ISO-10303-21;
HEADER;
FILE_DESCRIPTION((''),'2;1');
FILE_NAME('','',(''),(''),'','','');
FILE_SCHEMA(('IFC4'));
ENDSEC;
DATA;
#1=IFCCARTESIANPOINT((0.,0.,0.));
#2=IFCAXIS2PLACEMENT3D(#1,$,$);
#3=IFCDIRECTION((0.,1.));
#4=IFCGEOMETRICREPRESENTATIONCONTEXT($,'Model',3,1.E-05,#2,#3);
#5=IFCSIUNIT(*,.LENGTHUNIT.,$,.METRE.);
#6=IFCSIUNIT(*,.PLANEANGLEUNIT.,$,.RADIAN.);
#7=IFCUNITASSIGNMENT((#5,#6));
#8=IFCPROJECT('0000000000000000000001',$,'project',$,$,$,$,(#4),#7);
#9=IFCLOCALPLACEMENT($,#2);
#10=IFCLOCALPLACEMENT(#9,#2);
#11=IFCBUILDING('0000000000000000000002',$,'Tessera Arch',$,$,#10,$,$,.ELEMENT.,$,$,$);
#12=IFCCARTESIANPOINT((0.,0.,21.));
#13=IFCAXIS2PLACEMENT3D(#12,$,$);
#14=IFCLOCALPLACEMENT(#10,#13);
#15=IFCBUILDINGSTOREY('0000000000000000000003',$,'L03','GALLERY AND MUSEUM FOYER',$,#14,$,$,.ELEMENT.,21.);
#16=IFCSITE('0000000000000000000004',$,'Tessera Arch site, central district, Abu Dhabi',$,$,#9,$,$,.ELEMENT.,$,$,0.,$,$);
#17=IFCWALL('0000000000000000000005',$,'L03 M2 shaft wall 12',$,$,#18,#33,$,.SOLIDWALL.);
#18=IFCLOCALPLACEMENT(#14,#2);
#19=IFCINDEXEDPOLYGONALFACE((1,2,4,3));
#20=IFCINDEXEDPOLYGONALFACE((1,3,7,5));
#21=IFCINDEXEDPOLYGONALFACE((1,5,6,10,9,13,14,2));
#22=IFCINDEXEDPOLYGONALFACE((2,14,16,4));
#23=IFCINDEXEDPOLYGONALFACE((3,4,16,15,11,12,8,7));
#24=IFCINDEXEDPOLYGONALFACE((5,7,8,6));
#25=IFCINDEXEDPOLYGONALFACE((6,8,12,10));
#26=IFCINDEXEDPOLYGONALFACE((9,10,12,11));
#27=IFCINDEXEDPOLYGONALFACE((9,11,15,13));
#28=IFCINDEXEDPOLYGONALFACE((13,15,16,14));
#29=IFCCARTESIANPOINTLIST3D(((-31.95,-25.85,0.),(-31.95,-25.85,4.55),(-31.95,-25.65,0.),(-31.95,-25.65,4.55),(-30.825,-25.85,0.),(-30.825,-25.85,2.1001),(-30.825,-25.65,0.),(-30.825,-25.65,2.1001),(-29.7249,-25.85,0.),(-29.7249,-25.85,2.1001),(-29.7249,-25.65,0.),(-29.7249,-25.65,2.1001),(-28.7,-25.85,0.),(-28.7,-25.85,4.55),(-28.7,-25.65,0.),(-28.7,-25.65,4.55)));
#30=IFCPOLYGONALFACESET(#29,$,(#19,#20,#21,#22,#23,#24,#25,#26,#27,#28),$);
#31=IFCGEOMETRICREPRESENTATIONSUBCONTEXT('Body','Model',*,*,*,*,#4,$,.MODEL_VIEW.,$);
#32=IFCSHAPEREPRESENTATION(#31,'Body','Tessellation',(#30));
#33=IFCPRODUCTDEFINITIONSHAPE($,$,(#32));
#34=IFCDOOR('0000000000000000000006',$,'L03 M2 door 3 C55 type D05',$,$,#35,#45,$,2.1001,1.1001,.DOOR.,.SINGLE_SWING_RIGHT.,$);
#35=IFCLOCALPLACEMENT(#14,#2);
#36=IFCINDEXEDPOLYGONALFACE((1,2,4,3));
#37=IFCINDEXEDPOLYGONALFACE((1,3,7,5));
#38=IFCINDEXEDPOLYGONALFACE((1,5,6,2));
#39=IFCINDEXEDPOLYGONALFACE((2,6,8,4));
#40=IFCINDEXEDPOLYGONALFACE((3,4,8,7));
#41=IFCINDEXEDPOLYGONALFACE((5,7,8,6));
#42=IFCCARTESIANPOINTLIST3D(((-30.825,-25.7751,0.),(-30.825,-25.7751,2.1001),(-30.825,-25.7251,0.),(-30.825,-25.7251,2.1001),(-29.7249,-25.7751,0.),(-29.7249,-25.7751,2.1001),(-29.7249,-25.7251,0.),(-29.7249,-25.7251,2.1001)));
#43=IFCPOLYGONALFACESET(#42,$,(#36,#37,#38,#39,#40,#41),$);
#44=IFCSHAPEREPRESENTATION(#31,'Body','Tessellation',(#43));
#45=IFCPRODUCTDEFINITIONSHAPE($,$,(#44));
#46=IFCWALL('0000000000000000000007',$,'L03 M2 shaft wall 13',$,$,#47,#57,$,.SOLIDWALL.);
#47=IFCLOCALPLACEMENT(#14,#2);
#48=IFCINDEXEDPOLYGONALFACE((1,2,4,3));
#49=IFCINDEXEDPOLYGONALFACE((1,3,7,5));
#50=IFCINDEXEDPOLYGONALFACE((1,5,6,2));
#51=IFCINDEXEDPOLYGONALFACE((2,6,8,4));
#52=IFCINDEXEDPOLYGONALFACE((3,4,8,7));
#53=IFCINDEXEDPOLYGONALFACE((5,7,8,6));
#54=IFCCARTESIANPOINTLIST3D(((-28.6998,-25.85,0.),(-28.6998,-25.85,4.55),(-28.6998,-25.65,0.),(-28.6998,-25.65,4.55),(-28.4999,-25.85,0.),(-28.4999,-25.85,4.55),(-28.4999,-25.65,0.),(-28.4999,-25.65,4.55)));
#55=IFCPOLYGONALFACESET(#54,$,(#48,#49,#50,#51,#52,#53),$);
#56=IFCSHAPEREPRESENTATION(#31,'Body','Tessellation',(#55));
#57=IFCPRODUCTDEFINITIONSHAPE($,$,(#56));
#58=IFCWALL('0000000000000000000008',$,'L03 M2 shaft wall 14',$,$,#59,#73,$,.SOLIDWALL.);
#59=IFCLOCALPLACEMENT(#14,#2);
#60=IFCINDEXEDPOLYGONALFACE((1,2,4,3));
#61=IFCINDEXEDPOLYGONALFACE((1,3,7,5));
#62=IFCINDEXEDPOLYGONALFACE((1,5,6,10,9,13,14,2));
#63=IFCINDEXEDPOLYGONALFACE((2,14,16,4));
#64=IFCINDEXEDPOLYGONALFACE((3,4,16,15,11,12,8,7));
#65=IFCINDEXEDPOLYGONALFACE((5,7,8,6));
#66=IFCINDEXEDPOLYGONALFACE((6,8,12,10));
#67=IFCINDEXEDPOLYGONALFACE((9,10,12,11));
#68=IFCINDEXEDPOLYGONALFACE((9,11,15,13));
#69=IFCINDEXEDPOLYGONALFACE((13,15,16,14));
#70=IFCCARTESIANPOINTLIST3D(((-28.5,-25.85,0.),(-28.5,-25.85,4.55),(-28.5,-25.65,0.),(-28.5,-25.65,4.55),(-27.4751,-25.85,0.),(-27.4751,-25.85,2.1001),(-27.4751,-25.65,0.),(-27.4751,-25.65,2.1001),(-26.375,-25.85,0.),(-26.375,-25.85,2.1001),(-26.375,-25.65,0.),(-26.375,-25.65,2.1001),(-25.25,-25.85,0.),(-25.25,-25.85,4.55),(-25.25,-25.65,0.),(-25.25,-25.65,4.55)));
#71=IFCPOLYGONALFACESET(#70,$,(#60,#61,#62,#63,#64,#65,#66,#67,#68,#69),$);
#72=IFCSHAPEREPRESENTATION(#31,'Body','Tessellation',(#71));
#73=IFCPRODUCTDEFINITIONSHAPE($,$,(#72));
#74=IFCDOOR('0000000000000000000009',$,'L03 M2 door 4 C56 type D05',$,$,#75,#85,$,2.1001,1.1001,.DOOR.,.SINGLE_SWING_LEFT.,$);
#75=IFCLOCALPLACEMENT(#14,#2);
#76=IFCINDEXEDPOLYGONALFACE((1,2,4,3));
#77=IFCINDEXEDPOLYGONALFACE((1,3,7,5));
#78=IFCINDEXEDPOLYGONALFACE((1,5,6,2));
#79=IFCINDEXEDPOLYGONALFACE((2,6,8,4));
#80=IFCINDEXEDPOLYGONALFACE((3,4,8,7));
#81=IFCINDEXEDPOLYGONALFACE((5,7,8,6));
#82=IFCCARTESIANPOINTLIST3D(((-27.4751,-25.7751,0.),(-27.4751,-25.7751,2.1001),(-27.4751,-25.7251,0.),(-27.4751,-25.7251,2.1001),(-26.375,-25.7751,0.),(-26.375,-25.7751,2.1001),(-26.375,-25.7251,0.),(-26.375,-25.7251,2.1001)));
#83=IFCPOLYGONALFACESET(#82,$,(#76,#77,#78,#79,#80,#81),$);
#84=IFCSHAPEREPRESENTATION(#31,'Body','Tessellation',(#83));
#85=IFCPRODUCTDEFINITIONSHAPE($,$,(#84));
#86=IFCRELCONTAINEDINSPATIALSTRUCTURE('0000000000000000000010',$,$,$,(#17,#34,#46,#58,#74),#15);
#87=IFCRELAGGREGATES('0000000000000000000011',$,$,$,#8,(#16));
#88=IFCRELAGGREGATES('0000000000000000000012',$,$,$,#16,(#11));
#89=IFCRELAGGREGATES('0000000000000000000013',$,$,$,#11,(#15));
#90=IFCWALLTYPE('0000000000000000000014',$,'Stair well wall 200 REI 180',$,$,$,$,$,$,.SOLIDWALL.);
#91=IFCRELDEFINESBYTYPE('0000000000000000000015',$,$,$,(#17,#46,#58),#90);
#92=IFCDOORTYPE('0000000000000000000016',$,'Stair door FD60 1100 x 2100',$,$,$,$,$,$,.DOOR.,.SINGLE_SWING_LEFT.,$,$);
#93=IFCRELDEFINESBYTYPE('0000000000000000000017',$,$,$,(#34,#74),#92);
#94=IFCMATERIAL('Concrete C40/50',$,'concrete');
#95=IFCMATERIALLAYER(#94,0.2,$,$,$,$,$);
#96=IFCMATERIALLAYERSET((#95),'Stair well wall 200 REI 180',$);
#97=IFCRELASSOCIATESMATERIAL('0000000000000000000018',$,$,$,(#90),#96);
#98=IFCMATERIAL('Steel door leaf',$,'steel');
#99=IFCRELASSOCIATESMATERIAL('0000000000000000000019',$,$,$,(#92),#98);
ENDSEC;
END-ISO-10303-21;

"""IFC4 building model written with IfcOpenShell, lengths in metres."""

from ifc_helpers import new_model, si_unit, direction, frame, frame_2d, origin, place, context, subcontext, project, spatial, rectangle, extrude, material, layer, layer_set, type_object, element, fill, save


model = new_model("IFC4")

# Units and contexts
model_context = context("Model", 3, precision=1e-05, world=origin(), true_north=direction((0.0, 1.0)))
body_context = subcontext(model_context, "Body", "Model", "MODEL_VIEW")
ifc_project = project(units=[si_unit("LENGTHUNIT", "METRE"), si_unit("PLANEANGLEUNIT", "RADIAN")], contexts=[model_context])

# Site, building, storey
site_placement = place(None, origin())
site = spatial("IfcSite", under=ifc_project, at=site_placement, Name="Tessera Arch site, central district, Abu Dhabi", CompositionType="ELEMENT", RefElevation=0.0)
building_placement = place(site_placement, origin())
building = spatial("IfcBuilding", under=site, at=building_placement, Name="Tessera Arch", CompositionType="ELEMENT")
storey_placement = place(building_placement, frame((0.0, 0.0, 21.0)))
storey = spatial("IfcBuildingStorey", under=building, at=storey_placement, Name="L03", Description="GALLERY AND MUSEUM FOYER", CompositionType="ELEMENT", Elevation=21.0)

# Wall, opening, door
ifc_material_1 = material(Name="Concrete C40/50", Category="concrete")
ifc_layer_1 = layer(ifc_material_1, 0.2)
ifc_layer_set_1 = layer_set([ifc_layer_1], Name="Stair well wall 200 REI 180")
wall_type_1 = type_object("IfcWallType", Name="Stair well wall 200 REI 180", PredefinedType="SOLIDWALL", material=ifc_layer_set_1)
wall_1_placement = place(storey_placement, frame((-31.95, -25.75, 0.0), z_axis=(0.0, 0.0, 1.0), x_axis=(1.0, 0.0, 0.0)))
wall_1 = element("IfcWall", 1, at=wall_1_placement, inside=storey, type_object=wall_type_1, Name="L03 M2 shaft wall 12", PredefinedType="SOLIDWALL", context=body_context, shape_type="SweptSolid", body=[
    extrude(rectangle(XDim=3.25, YDim=0.2, at=frame_2d((1.625, 0.0))), origin(), (0.0, 0.0, 1.0), 4.55),
])
opening_1_placement = place(wall_1_placement, frame((1.125, 0.0, 0.0)))
opening_1 = element("IfcOpeningElement", 2, at=opening_1_placement, cuts=wall_1, PredefinedType="OPENING", context=body_context, shape_type="SweptSolid", body=[
    extrude(rectangle(XDim=1.1001, YDim=2.1001, at=frame_2d((0.55, 1.05))), frame((0.0, 0.1099, 0.0), z_axis=(0.0, -1.0, 0.0), x_axis=(1.0, 0.0, 0.0)), (0.0, 0.0, 1.0), 0.22),
])
ifc_material_2 = material(Name="Steel door leaf", Category="steel")
door_type_1 = type_object("IfcDoorType", Name="Stair door FD60 1100 x 2100", OperationType="SINGLE_SWING_LEFT", PredefinedType="DOOR", material=ifc_material_2)
door_1_placement = place(opening_1_placement, origin())
door_1 = element("IfcDoor", 3, at=door_1_placement, inside=storey, type_object=door_type_1, Name="L03 M2 door 3 C55 type D05", OperationType="SINGLE_SWING_RIGHT", OverallHeight=2.1001, OverallWidth=1.1001, PredefinedType="DOOR", context=body_context, shape_type="SweptSolid", body=[
    extrude(rectangle(XDim=1.1001, YDim=2.1001, at=frame_2d((0.55, 1.05))), frame((0.0, 0.0249, 0.0), z_axis=(0.0, -1.0, 0.0), x_axis=(1.0, 0.0, 0.0)), (0.0, 0.0, 1.0), 0.05),
])
fill(opening_1, door_1)

# Wall
wall_2_placement = place(storey_placement, frame((-28.7, -25.75, 0.0), z_axis=(0.0, 0.0, 1.0), x_axis=(1.0, 0.0, 0.0)))
element("IfcWall", 4, at=wall_2_placement, inside=storey, type_object=wall_type_1, Name="L03 M2 shaft wall 13", PredefinedType="SOLIDWALL", context=body_context, shape_type="SweptSolid", body=[
    extrude(rectangle(XDim=0.2, YDim=0.2, at=frame_2d((0.1001, 0.0))), origin(), (0.0, 0.0, 1.0), 4.55),
])

# Wall, opening, door
wall_3_placement = place(storey_placement, frame((-28.5, -25.75, 0.0), z_axis=(0.0, 0.0, 1.0), x_axis=(1.0, 0.0, 0.0)))
wall_3 = element("IfcWall", 5, at=wall_3_placement, inside=storey, type_object=wall_type_1, Name="L03 M2 shaft wall 14", PredefinedType="SOLIDWALL", context=body_context, shape_type="SweptSolid", body=[
    extrude(rectangle(XDim=3.25, YDim=0.2, at=frame_2d((1.625, 0.0))), origin(), (0.0, 0.0, 1.0), 4.55),
])
opening_2_placement = place(wall_3_placement, frame((1.0249, 0.0, 0.0)))
opening_2 = element("IfcOpeningElement", 6, at=opening_2_placement, cuts=wall_3, PredefinedType="OPENING", context=body_context, shape_type="SweptSolid", body=[
    extrude(rectangle(XDim=1.1001, YDim=2.1001, at=frame_2d((0.55, 1.05))), frame((0.0, 0.1099, 0.0), z_axis=(0.0, -1.0, 0.0), x_axis=(1.0, 0.0, 0.0)), (0.0, 0.0, 1.0), 0.22),
])
door_2_placement = place(opening_2_placement, origin())
door_2 = element("IfcDoor", 7, at=door_2_placement, inside=storey, type_object=door_type_1, Name="L03 M2 door 4 C56 type D05", OperationType="SINGLE_SWING_LEFT", OverallHeight=2.1001, OverallWidth=1.1001, PredefinedType="DOOR", context=body_context, shape_type="SweptSolid", body=[
    extrude(rectangle(XDim=1.1001, YDim=2.1001, at=frame_2d((0.55, 1.05))), frame((0.0, 0.0249, 0.0), z_axis=(0.0, -1.0, 0.0), x_axis=(1.0, 0.0, 0.0)), (0.0, 0.0, 1.0), 0.05),
])
fill(opening_2, door_2)

save(model, "model.ifc")
